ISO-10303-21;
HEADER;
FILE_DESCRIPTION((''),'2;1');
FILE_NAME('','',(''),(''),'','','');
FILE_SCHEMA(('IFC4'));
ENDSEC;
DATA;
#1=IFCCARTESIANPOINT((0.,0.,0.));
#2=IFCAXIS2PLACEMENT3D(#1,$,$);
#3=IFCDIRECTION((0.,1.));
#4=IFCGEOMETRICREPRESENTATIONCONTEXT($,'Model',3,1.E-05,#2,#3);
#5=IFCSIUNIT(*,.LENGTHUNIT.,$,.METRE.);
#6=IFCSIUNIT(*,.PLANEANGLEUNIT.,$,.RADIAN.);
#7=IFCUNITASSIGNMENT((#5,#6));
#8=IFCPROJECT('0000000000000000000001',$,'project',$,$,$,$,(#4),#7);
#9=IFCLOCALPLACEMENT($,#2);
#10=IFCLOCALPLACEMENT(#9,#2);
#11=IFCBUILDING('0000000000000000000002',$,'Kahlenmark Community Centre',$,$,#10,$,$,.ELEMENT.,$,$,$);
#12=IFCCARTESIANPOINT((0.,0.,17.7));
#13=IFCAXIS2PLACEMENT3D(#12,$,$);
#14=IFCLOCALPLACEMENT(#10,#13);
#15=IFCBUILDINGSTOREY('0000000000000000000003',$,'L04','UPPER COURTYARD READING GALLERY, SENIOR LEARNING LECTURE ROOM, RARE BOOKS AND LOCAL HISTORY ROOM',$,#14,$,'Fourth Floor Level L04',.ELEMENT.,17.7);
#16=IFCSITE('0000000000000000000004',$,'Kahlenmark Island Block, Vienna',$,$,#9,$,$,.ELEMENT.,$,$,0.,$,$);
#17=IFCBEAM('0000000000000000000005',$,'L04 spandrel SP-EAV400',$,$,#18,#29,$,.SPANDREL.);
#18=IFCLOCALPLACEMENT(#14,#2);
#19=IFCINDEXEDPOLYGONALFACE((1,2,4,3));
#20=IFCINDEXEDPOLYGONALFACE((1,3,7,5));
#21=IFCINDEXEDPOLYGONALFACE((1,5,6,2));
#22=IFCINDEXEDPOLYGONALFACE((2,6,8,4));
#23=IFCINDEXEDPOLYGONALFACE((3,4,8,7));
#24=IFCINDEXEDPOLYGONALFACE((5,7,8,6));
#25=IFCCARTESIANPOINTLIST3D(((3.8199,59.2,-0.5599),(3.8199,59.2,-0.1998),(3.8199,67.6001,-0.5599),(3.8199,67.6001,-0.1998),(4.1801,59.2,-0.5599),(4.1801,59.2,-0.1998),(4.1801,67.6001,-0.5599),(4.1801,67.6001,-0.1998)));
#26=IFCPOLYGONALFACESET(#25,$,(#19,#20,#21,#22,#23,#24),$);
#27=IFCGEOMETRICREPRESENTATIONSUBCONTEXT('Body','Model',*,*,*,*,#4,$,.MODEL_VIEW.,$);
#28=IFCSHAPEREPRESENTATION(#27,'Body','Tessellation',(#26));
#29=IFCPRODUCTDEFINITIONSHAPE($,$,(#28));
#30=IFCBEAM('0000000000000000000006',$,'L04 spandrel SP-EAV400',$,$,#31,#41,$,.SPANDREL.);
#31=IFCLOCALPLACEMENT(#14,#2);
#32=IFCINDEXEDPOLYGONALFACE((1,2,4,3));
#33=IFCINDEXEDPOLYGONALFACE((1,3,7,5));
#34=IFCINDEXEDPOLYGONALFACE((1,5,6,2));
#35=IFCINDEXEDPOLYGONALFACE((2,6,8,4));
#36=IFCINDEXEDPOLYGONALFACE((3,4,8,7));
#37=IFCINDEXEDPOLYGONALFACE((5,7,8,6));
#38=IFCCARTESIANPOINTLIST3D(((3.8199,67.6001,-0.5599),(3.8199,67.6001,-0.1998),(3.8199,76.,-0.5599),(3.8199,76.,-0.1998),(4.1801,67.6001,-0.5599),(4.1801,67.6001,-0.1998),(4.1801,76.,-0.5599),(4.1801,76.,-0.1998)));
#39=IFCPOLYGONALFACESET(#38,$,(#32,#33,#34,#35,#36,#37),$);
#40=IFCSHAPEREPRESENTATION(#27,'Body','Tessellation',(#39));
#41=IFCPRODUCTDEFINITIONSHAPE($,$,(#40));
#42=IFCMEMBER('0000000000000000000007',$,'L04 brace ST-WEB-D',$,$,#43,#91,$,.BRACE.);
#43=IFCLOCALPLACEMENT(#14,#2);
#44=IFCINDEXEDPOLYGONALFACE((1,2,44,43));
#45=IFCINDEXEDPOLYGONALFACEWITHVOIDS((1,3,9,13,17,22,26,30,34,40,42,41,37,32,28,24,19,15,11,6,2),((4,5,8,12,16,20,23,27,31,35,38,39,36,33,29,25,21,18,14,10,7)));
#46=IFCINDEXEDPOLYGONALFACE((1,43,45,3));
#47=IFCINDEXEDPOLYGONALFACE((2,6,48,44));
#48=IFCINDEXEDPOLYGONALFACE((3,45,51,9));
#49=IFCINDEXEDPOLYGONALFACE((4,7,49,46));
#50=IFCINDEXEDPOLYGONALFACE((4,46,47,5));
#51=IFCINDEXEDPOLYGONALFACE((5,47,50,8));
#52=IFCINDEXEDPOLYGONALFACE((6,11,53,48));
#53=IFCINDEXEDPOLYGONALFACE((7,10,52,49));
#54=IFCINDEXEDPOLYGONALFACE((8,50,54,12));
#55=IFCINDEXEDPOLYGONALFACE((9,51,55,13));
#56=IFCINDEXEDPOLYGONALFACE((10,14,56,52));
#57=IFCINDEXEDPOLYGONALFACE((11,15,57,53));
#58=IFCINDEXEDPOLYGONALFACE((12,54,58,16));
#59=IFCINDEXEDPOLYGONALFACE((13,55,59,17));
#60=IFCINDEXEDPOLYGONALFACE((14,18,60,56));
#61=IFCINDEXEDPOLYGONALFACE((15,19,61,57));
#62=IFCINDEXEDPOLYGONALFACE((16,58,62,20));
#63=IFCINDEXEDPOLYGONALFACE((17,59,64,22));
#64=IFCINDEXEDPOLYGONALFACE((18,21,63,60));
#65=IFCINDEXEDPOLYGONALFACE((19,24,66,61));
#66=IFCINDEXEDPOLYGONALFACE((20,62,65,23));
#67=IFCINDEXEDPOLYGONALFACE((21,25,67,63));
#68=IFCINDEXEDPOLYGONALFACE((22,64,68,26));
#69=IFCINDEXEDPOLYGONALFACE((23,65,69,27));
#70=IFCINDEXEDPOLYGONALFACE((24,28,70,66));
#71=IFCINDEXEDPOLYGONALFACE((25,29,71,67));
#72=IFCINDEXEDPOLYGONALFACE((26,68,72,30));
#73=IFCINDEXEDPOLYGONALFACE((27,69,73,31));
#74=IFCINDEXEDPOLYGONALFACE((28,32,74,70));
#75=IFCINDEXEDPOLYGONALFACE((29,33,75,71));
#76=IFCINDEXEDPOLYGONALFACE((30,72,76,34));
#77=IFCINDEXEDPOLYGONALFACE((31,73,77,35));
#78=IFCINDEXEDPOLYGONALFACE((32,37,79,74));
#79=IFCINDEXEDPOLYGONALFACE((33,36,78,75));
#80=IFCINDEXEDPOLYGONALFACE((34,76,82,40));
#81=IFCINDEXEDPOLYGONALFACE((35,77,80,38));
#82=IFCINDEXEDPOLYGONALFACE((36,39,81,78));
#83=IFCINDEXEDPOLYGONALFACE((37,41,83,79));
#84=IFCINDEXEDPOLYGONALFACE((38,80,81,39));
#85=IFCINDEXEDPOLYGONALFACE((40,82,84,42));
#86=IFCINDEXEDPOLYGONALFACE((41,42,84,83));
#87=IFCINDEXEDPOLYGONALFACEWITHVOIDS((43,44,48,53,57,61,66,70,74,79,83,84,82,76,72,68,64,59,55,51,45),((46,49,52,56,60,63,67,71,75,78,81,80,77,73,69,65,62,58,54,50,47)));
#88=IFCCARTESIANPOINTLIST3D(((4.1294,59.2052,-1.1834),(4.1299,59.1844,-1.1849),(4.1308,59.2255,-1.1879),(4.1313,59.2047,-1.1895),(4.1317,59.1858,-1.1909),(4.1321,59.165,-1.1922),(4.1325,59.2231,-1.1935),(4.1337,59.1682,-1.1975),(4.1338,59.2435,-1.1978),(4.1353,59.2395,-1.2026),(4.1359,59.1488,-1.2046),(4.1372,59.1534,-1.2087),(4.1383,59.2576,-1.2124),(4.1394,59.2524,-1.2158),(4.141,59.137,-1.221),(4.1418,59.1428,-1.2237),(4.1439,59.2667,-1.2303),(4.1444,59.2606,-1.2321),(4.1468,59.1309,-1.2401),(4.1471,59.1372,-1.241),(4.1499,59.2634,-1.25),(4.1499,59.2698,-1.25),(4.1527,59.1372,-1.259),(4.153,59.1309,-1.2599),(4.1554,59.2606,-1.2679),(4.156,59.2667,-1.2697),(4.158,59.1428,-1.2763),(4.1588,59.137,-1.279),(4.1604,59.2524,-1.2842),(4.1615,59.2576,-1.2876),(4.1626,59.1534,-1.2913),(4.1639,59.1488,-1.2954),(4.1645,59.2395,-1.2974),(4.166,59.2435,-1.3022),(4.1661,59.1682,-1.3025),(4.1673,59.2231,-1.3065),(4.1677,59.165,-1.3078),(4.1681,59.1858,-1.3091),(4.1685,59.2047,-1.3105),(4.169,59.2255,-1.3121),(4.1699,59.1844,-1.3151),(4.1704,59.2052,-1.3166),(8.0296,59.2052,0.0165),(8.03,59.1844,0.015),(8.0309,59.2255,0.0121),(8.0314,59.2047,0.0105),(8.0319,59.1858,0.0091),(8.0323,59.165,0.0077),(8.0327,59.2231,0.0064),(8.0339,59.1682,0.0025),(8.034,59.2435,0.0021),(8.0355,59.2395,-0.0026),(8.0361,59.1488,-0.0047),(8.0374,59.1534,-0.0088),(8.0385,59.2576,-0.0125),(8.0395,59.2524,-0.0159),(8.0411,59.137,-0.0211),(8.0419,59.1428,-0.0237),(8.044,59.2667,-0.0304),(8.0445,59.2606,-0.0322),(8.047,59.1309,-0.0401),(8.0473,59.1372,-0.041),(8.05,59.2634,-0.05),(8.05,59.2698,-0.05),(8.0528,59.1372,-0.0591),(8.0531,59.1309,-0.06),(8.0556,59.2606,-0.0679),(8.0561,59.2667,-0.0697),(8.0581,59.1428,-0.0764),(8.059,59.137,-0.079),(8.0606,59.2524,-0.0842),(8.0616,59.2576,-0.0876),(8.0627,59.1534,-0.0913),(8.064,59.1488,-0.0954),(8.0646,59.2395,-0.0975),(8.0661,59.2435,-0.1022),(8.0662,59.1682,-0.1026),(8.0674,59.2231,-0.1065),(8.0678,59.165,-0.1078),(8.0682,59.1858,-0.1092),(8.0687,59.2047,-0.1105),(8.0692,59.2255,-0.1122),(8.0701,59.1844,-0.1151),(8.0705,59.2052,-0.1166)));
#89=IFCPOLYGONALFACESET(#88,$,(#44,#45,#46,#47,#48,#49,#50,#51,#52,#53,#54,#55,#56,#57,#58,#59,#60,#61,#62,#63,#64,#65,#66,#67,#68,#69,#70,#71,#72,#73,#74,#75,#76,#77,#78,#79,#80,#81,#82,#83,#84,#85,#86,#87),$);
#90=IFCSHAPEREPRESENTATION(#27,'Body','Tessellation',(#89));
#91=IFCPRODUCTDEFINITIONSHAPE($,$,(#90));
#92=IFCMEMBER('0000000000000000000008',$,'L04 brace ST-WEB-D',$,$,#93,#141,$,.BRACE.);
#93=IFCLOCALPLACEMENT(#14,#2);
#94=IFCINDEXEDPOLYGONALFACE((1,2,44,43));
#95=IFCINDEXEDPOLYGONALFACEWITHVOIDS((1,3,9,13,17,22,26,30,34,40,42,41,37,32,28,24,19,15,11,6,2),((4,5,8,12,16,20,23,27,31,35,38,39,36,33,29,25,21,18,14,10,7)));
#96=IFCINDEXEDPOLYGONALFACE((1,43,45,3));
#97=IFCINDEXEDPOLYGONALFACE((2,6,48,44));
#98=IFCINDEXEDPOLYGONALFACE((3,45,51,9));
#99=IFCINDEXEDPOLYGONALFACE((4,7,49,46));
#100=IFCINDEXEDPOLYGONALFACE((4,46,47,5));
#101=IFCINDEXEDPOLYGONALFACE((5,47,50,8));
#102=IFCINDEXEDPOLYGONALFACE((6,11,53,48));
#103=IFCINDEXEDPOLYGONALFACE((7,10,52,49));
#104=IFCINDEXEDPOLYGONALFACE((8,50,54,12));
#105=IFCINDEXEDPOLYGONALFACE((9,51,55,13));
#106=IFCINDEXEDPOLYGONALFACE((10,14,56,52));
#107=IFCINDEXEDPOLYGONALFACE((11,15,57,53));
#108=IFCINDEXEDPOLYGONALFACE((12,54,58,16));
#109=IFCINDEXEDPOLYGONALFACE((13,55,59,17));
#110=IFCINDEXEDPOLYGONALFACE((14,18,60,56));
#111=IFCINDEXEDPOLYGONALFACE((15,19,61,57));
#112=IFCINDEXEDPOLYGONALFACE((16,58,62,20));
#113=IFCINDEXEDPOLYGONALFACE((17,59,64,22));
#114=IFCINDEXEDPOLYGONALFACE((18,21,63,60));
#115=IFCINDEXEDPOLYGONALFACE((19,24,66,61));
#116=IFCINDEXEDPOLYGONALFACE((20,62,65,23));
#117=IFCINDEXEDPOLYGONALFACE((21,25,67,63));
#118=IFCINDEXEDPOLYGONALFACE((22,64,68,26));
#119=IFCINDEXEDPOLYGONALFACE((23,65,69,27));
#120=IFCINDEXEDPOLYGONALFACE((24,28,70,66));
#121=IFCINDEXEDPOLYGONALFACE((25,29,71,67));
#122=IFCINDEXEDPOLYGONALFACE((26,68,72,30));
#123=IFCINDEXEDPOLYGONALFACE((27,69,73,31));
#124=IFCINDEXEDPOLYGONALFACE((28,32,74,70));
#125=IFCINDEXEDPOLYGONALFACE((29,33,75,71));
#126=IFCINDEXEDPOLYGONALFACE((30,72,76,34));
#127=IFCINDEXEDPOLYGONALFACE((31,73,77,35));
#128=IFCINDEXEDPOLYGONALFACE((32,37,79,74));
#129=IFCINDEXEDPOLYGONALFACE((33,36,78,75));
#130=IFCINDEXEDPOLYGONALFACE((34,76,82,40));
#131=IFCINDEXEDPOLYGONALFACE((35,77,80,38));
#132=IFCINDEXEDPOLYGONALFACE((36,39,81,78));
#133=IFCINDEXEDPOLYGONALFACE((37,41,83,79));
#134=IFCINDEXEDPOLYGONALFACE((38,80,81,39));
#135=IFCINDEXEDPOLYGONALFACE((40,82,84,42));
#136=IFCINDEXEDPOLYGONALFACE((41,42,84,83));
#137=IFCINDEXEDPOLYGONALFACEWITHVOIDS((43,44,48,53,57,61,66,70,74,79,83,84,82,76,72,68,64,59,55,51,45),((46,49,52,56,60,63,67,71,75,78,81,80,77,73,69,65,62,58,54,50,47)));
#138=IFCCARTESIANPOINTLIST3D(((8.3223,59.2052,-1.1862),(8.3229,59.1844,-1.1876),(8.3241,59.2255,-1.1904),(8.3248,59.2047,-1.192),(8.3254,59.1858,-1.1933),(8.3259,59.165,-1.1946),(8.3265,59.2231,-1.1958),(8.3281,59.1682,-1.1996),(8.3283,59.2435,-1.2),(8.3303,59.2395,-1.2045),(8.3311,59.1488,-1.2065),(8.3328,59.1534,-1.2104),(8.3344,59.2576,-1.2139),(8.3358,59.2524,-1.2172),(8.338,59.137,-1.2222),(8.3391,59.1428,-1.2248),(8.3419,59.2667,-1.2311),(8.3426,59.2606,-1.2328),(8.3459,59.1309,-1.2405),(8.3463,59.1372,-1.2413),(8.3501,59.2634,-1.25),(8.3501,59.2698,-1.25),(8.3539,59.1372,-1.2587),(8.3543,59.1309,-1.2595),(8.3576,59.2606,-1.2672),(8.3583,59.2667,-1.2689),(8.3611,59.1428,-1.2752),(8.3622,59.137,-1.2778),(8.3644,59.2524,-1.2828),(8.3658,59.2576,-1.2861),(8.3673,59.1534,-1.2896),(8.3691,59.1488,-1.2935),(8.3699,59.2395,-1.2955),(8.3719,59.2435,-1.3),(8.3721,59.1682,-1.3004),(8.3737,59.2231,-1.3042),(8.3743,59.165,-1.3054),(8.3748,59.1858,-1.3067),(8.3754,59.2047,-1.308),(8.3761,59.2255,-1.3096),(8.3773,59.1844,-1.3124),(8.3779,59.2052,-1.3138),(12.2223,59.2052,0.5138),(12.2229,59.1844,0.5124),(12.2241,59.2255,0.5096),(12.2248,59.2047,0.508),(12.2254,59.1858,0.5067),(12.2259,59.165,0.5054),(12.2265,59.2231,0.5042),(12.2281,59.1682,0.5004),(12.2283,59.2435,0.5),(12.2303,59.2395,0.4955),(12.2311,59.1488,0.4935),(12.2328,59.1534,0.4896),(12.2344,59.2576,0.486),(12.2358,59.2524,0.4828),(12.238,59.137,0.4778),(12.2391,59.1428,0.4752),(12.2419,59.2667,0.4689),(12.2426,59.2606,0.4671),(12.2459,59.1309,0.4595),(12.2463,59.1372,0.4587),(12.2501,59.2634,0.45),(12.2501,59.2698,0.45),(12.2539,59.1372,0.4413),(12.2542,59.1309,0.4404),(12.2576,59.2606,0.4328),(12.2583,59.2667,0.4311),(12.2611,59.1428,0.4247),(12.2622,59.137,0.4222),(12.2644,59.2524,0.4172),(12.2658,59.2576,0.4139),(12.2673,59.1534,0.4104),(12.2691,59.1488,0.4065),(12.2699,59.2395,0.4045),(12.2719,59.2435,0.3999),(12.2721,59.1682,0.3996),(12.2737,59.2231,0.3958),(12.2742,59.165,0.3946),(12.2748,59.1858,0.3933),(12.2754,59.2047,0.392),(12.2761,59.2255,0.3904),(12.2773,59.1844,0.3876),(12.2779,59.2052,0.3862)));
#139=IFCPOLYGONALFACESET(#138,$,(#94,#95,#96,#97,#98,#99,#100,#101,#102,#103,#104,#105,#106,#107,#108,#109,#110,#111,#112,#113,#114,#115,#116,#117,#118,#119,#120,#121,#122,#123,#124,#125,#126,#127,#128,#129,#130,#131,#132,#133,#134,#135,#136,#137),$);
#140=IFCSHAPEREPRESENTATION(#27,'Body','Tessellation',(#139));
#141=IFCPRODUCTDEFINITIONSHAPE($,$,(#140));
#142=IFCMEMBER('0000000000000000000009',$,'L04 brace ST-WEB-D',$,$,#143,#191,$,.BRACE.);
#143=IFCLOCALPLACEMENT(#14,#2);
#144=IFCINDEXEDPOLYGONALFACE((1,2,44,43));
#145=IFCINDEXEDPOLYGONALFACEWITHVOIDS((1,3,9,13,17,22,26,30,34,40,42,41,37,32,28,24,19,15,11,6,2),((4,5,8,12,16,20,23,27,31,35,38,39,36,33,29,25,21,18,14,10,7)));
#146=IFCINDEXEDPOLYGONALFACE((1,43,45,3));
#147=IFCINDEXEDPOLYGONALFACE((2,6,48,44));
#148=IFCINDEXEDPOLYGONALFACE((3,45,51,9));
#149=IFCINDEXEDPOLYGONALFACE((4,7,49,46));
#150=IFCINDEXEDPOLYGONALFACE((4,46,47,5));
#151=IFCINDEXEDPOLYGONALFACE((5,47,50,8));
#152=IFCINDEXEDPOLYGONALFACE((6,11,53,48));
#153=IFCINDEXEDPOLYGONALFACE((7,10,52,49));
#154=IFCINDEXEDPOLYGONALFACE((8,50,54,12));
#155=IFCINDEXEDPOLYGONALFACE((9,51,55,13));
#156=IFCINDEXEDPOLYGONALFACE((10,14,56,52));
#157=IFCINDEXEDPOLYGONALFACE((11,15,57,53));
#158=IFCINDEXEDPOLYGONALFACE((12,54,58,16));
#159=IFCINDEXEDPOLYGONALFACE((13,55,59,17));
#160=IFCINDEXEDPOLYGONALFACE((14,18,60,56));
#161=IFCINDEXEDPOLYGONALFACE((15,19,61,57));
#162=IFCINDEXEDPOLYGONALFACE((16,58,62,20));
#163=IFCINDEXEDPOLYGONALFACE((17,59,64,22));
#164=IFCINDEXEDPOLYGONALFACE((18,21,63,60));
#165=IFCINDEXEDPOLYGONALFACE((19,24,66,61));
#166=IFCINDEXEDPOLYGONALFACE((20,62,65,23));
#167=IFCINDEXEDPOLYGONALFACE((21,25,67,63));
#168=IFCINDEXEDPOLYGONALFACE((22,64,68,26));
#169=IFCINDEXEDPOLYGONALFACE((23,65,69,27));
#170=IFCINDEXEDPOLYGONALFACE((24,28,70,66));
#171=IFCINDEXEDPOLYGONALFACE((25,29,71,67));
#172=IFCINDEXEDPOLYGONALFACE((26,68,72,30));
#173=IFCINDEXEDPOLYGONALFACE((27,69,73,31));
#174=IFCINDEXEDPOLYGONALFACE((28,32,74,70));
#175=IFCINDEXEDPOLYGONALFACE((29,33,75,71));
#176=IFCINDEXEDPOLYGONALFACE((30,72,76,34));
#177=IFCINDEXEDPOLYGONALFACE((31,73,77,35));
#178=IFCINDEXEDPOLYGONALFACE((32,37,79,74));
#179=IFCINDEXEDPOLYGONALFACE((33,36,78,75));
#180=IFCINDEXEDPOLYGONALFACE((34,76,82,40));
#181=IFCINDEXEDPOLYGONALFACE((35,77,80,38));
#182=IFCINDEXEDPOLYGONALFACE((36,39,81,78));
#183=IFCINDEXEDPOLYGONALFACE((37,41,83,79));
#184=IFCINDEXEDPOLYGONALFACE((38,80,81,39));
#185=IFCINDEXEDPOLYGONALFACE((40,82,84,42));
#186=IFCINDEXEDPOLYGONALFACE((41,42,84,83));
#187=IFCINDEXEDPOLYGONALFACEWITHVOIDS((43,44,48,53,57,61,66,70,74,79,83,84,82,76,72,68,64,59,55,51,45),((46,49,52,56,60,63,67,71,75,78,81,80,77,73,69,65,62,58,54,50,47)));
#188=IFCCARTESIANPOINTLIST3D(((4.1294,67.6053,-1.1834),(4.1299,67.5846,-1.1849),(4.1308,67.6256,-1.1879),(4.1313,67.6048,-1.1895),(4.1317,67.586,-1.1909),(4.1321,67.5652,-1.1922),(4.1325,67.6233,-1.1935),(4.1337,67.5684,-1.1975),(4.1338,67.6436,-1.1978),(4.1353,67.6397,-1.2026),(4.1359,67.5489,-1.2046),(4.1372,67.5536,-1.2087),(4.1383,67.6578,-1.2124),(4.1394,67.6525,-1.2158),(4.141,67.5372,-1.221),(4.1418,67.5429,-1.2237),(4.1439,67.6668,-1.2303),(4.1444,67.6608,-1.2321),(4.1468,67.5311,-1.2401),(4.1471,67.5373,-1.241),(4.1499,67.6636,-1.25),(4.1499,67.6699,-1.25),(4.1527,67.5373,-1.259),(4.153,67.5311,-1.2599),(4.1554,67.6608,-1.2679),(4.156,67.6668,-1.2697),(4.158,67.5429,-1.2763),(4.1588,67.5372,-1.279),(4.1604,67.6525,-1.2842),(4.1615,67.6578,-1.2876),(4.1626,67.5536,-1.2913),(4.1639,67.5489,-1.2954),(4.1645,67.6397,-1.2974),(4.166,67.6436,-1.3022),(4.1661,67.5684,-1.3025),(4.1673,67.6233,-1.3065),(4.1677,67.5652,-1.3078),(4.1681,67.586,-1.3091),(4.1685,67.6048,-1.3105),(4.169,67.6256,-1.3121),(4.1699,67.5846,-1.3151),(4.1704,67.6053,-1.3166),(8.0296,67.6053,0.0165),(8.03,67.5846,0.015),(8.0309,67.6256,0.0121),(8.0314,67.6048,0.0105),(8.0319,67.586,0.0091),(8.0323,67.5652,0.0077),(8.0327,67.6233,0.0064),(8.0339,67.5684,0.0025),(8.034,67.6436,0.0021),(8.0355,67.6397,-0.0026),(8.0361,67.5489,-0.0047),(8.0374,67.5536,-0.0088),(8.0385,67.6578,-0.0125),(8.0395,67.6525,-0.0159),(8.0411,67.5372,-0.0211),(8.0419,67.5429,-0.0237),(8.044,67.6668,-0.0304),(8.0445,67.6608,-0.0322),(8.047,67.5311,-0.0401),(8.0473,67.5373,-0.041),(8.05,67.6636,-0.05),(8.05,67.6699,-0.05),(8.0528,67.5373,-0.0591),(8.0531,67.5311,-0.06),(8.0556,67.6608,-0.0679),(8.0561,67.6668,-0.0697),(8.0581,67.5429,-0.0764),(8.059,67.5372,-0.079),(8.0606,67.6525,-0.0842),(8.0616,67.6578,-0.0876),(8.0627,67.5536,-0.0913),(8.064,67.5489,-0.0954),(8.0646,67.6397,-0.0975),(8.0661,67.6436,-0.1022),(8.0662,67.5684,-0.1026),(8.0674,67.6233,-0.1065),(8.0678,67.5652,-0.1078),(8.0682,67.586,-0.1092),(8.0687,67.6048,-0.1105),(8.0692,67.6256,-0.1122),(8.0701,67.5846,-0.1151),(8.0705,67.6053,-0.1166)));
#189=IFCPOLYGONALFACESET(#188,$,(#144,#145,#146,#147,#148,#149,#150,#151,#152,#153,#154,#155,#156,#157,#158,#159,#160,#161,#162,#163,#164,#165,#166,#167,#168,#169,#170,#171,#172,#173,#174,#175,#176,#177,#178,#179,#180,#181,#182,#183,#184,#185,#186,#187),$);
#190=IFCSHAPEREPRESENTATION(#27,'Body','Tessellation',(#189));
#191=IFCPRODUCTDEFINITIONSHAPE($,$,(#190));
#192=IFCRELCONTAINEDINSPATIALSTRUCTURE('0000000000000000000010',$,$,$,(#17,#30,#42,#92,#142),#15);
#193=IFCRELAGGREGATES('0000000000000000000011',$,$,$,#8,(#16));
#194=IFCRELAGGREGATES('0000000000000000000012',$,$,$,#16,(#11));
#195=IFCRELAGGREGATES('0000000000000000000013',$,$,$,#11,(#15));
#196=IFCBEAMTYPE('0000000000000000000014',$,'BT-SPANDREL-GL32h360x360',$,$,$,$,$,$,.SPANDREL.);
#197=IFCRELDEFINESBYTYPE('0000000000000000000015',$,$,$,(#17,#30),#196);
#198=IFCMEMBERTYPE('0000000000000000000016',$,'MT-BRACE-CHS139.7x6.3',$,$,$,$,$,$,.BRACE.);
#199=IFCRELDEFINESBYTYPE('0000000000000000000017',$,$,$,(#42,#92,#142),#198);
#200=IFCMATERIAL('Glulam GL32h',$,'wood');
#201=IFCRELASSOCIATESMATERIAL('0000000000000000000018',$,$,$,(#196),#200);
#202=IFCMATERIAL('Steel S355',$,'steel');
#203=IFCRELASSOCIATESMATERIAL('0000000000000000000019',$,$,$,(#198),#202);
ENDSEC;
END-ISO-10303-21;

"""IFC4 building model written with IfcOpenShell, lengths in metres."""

from ifc_helpers import new_model, si_unit, direction, frame, origin, origin_2d, place, context, subcontext, project, spatial, rectangle, hollow_circle, extrude, material, material_profile, profile_set, type_object, element, save


model = new_model("IFC4")

# Units and contexts
model_context = context("Model", 3, precision=1e-05, world=origin(), true_north=direction((0.0, 1.0)))
body_context = subcontext(model_context, "Body", "Model", "MODEL_VIEW")
ifc_project = project(units=[si_unit("LENGTHUNIT", "METRE"), si_unit("PLANEANGLEUNIT", "RADIAN")], contexts=[model_context])

# Site, building, storey
site_placement = place(None, origin())
site = spatial("IfcSite", under=ifc_project, at=site_placement, Name="Kahlenmark Island Block, Vienna", CompositionType="ELEMENT", RefElevation=0.0)
building_placement = place(site_placement, origin())
building = spatial("IfcBuilding", under=site, at=building_placement, Name="Kahlenmark Community Centre", CompositionType="ELEMENT")
storey_placement = place(building_placement, frame((0.0, 0.0, 17.7)))
storey = spatial("IfcBuildingStorey", under=building, at=storey_placement, Name="L04", Description="UPPER COURTYARD READING GALLERY, SENIOR LEARNING LECTURE ROOM, RARE BOOKS AND LOCAL HISTORY ROOM", LongName="Fourth Floor Level L04", CompositionType="ELEMENT", Elevation=17.7)

# Beams
ifc_material_1 = material(Name="Glulam GL32h", Category="wood")
ifc_material_profile_1 = material_profile(ifc_material_1, rectangle(XDim=0.3601, YDim=0.3601, at=origin_2d()), Name="GL32h 360x360")
ifc_profile_set_1 = profile_set([ifc_material_profile_1], Name="Glulam GL32h")
beam_type = type_object("IfcBeamType", Name="BT-SPANDREL-GL32h360x360", PredefinedType="SPANDREL", material=ifc_profile_set_1)
beam_1_placement = place(storey_placement, frame((4.0, 59.2, -0.3799), z_axis=(0.0, 1.0, 0.0), x_axis=(-1.0, 0.0, 0.0)))
element("IfcBeam", 1, at=beam_1_placement, inside=storey, type_object=beam_type, Name="L04 spandrel SP-EAV400", PredefinedType="SPANDREL", context=body_context, shape_type="SweptSolid", body=[
    extrude(rectangle(XDim=0.3601, YDim=0.3601, at=origin_2d()), origin(), (0.0, 0.0, 1.0), 8.4001),
])
beam_2_placement = place(storey_placement, frame((4.0, 67.6001, -0.3799), z_axis=(0.0, 1.0, 0.0), x_axis=(-1.0, 0.0, 0.0)))
element("IfcBeam", 2, at=beam_2_placement, inside=storey, type_object=beam_type, Name="L04 spandrel SP-EAV400", PredefinedType="SPANDREL", context=body_context, shape_type="SweptSolid", body=[
    extrude(rectangle(XDim=0.3601, YDim=0.3601, at=origin_2d()), origin(), (0.0, 0.0, 1.0), 8.3999),
])

# Members
ifc_material_2 = material(Name="Steel S355", Category="steel")
ifc_material_profile_2 = material_profile(ifc_material_2, hollow_circle(Radius=0.0698, WallThickness=0.0063, at=origin_2d()), Name="CHS 139.7x6.3")
ifc_profile_set_2 = profile_set([ifc_material_profile_2], Name="Steel S355")
member_type_1 = type_object("IfcMemberType", Name="MT-BRACE-CHS139.7x6.3", PredefinedType="BRACE", material=ifc_profile_set_2)
member_1_placement = place(storey_placement, frame((4.1499, 59.2, -1.25), z_axis=(0.955785, 0.0, 0.294065), x_axis=(0.0, 1.0, 0.0)))
element("IfcMember", 3, at=member_1_placement, inside=storey, type_object=member_type_1, Name="L04 brace ST-WEB-D", PredefinedType="BRACE", context=body_context, shape_type="SweptSolid", body=[
    extrude(hollow_circle(Radius=0.0698, WallThickness=0.0063, at=origin_2d()), origin(), (0.0, 0.0, 1.0), 4.0806),
])
member_2_placement = place(storey_placement, frame((8.3501, 59.2, -1.25), z_axis=(0.916697, 0.0, 0.399584), x_axis=(0.0, 1.0, 0.0)))
element("IfcMember", 4, at=member_2_placement, inside=storey, type_object=member_type_1, Name="L04 brace ST-WEB-D", PredefinedType="BRACE", context=body_context, shape_type="SweptSolid", body=[
    extrude(hollow_circle(Radius=0.0698, WallThickness=0.0063, at=origin_2d()), origin(), (0.0, 0.0, 1.0), 4.2544),
])
member_3_placement = place(storey_placement, frame((4.1499, 67.6001, -1.25), z_axis=(0.955785, 0.0, 0.294065), x_axis=(0.0, 1.0, 0.0)))
element("IfcMember", 5, at=member_3_placement, inside=storey, type_object=member_type_1, Name="L04 brace ST-WEB-D", PredefinedType="BRACE", context=body_context, shape_type="SweptSolid", body=[
    extrude(hollow_circle(Radius=0.0698, WallThickness=0.0063, at=origin_2d()), origin(), (0.0, 0.0, 1.0), 4.0806),
])

save(model, "model.ifc")
